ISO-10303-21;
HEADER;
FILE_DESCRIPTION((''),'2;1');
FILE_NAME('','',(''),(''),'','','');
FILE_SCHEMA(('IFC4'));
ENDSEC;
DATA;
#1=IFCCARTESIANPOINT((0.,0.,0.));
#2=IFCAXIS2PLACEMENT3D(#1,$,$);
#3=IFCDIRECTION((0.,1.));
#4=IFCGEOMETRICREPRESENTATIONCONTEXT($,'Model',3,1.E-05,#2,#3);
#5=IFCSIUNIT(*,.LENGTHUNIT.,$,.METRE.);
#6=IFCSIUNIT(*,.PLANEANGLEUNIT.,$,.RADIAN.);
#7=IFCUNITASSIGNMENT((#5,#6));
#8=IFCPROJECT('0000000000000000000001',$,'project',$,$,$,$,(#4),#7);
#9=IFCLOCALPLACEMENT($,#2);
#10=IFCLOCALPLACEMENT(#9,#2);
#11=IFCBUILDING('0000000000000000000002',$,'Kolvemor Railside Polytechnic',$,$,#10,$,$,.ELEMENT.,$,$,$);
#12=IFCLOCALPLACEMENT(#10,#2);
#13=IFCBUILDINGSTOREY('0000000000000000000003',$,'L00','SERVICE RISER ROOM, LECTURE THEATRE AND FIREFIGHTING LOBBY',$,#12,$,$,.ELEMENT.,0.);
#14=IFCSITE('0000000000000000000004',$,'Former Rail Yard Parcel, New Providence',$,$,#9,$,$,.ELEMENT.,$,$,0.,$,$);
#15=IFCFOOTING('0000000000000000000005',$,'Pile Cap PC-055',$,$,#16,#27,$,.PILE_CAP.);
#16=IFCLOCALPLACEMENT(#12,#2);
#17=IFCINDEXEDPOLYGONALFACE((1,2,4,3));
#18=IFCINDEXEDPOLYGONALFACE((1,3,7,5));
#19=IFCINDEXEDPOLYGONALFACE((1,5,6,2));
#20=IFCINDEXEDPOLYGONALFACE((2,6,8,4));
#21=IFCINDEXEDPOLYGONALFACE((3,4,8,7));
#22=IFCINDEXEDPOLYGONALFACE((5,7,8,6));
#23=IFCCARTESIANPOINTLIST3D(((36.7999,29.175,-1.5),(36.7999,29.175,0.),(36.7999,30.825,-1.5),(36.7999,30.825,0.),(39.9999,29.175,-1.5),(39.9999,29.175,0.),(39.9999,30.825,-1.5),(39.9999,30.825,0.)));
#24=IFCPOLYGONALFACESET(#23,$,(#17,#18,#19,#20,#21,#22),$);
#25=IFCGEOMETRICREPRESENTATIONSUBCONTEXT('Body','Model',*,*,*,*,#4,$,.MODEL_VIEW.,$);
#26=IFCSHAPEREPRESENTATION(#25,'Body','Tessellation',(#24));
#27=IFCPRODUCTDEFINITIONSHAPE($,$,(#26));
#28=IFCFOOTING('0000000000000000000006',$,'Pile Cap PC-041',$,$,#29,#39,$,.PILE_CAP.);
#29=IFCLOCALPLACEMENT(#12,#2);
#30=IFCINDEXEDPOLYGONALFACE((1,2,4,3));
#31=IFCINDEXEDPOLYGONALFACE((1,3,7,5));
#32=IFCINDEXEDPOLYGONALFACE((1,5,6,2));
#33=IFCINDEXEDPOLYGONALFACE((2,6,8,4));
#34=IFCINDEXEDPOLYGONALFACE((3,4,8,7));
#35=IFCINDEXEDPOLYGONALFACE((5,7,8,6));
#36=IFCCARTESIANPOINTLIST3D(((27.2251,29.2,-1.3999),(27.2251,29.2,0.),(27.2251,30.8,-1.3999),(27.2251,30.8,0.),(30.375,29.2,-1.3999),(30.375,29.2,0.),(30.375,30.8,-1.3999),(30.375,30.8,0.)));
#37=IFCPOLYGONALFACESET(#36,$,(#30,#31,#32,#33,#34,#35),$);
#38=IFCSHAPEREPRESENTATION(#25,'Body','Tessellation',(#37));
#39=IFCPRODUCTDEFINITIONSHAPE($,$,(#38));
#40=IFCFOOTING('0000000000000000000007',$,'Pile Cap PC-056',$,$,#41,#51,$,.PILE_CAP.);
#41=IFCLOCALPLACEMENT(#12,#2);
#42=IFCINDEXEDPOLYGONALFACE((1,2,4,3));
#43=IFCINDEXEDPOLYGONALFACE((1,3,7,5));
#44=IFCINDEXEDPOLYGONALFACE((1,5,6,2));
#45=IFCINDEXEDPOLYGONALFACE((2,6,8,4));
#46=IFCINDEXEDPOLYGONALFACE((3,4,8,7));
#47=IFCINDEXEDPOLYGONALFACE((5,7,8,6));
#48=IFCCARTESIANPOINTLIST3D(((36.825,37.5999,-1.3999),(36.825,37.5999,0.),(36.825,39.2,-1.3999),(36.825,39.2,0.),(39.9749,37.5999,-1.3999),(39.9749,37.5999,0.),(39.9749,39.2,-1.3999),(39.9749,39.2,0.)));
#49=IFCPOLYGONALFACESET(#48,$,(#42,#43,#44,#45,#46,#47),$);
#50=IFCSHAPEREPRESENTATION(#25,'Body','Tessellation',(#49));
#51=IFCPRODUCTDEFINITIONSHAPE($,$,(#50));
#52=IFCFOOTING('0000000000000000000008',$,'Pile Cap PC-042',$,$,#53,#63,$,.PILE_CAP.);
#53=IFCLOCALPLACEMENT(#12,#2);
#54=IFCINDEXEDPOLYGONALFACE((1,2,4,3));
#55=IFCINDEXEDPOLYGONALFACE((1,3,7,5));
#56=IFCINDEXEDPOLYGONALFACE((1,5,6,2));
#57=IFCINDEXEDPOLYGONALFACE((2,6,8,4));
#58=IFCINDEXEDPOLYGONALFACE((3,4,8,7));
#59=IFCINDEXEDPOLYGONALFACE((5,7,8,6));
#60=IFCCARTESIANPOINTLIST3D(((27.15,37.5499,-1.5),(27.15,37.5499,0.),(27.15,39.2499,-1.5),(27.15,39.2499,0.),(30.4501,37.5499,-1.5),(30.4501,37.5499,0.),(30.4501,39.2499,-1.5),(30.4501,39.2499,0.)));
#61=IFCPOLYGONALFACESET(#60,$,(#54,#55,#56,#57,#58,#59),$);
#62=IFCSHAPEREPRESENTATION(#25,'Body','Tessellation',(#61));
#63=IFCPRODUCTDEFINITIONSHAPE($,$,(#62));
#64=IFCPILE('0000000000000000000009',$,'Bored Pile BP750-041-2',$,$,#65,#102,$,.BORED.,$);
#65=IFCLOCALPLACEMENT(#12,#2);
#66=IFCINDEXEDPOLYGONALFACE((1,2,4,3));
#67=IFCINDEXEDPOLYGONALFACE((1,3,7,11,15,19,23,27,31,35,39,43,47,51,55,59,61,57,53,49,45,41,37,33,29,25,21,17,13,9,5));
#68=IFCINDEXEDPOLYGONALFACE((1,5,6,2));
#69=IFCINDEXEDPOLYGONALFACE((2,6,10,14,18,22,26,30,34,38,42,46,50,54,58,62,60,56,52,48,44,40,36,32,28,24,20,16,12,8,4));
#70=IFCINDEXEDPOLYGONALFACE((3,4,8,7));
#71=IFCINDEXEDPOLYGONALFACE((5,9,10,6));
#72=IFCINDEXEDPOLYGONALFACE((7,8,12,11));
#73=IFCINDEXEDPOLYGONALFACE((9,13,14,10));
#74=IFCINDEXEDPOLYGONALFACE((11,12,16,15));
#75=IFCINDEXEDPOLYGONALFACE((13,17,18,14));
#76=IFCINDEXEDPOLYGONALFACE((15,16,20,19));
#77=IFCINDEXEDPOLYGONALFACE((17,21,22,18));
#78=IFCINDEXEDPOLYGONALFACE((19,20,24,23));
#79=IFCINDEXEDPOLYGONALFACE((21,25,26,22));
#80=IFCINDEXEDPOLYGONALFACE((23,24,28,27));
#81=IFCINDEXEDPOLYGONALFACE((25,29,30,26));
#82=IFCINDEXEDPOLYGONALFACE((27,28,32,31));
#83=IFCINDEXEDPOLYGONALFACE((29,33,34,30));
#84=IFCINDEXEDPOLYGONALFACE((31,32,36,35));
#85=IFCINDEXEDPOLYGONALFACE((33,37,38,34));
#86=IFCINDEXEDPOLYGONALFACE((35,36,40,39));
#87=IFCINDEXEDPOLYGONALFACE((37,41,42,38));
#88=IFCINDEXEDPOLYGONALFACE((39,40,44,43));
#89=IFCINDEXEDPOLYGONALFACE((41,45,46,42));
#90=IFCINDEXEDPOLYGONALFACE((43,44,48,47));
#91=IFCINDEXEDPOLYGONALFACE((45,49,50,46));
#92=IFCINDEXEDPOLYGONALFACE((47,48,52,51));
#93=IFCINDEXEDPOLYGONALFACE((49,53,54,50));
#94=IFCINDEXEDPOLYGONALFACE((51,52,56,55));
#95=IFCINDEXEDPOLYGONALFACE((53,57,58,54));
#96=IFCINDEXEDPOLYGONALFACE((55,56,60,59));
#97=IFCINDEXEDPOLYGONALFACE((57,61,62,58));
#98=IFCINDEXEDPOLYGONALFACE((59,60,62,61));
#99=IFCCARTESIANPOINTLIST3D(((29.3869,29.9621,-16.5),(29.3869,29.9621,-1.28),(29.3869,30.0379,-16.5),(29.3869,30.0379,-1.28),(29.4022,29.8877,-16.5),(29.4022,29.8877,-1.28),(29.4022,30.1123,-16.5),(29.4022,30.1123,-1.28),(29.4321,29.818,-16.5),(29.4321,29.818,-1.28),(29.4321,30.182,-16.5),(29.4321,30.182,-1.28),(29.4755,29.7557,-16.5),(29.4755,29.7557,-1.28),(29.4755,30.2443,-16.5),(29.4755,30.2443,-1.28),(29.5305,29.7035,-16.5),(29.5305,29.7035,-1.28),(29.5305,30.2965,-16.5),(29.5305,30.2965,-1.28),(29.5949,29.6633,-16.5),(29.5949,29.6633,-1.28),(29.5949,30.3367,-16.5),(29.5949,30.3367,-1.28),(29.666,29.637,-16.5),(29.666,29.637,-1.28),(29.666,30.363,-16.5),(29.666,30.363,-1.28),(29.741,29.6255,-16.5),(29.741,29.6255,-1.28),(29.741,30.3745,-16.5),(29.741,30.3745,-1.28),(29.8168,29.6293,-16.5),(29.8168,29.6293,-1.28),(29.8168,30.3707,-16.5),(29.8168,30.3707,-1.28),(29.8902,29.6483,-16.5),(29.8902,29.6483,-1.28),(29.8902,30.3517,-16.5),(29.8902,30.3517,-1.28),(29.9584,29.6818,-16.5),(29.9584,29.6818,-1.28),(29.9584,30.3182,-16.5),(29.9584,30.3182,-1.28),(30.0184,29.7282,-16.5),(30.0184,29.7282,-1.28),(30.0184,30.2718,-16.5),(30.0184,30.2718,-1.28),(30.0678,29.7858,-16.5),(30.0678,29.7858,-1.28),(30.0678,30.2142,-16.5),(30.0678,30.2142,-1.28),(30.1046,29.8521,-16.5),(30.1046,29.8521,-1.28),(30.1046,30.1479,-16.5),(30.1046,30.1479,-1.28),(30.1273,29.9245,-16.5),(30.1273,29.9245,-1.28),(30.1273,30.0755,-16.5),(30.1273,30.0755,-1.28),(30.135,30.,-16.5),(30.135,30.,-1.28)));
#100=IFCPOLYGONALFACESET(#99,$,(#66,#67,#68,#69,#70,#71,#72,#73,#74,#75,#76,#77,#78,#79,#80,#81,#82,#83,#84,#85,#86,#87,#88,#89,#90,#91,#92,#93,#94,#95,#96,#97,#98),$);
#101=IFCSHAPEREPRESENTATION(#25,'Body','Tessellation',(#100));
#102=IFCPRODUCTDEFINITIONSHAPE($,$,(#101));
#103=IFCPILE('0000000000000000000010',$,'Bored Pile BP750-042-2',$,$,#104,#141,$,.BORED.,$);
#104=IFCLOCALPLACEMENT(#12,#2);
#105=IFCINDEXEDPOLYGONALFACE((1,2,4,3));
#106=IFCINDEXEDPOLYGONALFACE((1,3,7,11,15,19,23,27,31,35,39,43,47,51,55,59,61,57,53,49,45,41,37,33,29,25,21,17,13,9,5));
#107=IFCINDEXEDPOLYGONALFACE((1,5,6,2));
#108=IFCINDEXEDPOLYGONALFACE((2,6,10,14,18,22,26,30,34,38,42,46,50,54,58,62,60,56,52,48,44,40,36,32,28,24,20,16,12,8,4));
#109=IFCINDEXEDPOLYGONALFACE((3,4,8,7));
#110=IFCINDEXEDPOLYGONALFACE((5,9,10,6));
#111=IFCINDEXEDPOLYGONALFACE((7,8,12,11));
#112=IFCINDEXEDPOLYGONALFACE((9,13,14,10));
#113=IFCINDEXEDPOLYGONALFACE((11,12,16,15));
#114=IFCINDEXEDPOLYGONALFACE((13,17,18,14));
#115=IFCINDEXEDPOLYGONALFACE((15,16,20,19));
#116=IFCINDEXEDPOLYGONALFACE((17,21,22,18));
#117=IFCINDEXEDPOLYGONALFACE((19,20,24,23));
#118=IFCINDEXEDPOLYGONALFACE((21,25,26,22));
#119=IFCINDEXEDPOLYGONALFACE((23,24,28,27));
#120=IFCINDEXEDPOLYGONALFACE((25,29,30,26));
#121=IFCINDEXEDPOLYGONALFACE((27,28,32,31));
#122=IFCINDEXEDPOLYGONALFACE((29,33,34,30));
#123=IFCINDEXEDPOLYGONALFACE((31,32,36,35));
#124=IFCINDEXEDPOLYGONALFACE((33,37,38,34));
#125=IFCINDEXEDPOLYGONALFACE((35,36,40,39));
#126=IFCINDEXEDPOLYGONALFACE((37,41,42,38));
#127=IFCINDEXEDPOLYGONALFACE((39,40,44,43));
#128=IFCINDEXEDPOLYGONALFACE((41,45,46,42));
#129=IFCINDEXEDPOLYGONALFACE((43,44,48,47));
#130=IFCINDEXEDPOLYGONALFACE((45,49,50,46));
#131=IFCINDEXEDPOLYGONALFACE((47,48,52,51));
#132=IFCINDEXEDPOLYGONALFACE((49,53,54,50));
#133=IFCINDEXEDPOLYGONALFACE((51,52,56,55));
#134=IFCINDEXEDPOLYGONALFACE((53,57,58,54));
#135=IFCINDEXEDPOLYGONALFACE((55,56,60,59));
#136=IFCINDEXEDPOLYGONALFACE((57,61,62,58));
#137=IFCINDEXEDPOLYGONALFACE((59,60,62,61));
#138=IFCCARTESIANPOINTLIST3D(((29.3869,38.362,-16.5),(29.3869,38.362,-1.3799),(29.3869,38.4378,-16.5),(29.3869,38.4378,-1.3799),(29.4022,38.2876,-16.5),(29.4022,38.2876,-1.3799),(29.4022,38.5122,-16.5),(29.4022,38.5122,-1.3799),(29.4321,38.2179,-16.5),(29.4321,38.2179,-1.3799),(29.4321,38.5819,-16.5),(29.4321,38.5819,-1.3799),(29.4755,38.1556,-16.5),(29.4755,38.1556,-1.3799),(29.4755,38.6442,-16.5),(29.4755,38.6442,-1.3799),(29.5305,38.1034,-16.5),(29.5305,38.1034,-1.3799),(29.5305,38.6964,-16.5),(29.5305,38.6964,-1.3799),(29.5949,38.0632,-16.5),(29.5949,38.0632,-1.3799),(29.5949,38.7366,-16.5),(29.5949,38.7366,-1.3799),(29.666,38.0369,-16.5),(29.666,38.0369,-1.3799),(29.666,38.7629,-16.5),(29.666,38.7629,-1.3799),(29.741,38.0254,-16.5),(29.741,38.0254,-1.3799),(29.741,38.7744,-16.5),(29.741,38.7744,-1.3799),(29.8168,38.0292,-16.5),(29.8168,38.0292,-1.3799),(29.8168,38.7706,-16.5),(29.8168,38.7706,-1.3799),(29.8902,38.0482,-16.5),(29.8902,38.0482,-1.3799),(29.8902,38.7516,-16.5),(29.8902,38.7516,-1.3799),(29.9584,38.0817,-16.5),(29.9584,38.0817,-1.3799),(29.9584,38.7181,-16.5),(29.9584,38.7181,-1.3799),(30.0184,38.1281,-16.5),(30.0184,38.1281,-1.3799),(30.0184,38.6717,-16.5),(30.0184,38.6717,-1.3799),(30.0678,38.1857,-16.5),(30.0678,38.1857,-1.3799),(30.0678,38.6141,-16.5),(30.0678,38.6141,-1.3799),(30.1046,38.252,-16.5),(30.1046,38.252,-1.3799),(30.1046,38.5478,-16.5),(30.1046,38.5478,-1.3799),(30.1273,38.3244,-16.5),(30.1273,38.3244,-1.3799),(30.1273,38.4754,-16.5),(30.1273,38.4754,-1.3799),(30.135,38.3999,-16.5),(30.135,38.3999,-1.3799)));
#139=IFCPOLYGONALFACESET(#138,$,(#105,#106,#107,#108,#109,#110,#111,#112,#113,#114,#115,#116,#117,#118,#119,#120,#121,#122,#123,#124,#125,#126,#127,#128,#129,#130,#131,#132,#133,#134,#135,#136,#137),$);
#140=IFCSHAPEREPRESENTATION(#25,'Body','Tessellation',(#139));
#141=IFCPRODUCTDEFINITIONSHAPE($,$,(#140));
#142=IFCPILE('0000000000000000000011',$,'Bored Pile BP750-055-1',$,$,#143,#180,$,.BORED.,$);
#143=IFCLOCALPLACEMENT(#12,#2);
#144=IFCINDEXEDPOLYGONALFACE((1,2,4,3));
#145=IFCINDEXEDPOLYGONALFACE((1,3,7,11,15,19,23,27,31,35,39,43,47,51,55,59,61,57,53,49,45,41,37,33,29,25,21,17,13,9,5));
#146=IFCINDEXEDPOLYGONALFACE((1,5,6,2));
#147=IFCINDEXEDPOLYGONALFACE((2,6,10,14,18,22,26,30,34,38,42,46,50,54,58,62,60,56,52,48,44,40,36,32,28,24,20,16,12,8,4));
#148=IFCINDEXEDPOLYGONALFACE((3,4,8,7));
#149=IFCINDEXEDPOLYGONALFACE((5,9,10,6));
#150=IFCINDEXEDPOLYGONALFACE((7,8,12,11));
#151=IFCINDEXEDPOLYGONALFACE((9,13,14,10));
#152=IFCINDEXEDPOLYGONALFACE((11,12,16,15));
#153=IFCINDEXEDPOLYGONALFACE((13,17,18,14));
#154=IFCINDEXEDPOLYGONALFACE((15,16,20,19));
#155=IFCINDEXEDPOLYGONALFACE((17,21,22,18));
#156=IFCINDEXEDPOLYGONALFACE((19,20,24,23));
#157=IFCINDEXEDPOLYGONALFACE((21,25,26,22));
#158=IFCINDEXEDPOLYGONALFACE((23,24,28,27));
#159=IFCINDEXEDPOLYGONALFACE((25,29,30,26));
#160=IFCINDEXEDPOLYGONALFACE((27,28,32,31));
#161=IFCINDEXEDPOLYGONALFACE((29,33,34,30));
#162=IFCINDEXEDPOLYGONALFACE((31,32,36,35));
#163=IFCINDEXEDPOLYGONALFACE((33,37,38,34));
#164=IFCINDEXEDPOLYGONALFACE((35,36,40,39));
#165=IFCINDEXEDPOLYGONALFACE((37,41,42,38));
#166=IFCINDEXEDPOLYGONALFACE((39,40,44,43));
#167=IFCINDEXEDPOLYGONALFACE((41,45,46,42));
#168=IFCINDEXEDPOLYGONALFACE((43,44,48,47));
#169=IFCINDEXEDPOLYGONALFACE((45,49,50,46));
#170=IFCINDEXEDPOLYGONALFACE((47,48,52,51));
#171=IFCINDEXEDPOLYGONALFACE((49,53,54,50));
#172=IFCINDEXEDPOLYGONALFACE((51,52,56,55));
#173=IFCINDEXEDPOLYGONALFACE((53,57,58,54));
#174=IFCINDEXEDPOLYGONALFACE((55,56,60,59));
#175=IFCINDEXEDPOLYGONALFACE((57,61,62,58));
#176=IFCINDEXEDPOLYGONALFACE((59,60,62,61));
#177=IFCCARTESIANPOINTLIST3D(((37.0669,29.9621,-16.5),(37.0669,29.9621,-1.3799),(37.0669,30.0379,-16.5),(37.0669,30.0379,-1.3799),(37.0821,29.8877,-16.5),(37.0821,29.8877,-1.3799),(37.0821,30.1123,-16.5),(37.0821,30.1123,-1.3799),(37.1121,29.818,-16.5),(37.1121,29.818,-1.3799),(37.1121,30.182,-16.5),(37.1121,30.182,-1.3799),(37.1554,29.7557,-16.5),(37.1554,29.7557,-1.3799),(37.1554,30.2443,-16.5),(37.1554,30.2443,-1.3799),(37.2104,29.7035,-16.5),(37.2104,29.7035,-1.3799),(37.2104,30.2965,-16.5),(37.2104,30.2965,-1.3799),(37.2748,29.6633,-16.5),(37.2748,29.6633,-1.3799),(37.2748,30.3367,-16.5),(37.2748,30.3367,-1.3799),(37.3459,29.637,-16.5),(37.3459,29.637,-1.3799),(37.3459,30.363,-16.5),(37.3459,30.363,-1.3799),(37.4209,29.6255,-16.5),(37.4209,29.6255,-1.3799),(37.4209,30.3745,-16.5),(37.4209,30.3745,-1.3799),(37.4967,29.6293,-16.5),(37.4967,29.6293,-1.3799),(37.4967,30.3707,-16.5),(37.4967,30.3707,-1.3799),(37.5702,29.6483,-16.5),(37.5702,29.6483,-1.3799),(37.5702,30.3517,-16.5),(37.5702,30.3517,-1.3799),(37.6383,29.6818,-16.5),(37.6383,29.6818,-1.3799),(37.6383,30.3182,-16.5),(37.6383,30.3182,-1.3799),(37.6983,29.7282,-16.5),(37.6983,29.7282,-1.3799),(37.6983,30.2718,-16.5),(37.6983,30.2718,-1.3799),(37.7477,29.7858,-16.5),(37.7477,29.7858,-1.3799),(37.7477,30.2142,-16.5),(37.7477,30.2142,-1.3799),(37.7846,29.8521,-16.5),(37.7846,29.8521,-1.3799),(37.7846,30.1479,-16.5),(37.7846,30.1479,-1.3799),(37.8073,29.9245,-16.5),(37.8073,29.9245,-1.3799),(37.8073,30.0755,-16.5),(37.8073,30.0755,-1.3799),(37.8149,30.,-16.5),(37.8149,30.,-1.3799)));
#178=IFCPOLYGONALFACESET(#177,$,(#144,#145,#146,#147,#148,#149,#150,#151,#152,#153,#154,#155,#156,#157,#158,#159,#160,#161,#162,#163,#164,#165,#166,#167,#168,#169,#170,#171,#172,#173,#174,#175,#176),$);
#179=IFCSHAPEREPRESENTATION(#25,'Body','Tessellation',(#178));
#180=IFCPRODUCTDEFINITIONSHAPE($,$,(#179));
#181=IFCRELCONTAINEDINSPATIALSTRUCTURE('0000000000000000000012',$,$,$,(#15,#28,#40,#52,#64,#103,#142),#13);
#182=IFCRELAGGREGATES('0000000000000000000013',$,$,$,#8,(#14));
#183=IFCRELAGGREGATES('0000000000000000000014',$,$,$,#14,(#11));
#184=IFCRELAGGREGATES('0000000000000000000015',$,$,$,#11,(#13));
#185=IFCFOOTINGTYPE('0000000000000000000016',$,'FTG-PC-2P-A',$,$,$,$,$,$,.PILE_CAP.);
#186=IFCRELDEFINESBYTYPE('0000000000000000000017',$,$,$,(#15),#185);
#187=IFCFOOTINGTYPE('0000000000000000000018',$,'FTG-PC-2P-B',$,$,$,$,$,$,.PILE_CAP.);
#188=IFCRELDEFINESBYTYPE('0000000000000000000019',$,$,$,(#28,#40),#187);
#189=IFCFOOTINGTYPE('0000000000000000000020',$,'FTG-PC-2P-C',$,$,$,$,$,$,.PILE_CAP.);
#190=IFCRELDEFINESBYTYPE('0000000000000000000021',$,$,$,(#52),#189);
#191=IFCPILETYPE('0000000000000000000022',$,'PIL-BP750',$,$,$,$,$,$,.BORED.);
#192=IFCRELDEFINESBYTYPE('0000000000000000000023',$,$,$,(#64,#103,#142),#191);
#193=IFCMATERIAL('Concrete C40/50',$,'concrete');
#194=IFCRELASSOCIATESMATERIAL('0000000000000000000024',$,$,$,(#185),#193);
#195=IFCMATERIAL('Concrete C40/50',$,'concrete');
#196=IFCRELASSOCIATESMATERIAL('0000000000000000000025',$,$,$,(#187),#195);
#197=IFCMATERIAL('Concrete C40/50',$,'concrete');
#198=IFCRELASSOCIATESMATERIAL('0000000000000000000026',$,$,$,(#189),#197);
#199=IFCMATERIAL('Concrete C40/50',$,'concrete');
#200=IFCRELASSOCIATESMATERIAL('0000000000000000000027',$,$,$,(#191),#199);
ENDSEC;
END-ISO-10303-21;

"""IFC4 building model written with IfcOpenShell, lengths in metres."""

from ifc_helpers import new_model, si_unit, direction, frame, origin, origin_2d, place, context, subcontext, project, spatial, rectangle, circle, extrude, material, material_profile, profile_set, type_object, element, save


model = new_model("IFC4")

# Units and contexts
model_context = context("Model", 3, precision=1e-05, world=origin(), true_north=direction((0.0, 1.0)))
body_context = subcontext(model_context, "Body", "Model", "MODEL_VIEW")
ifc_project = project(units=[si_unit("LENGTHUNIT", "METRE"), si_unit("PLANEANGLEUNIT", "RADIAN")], contexts=[model_context])

# Site, building, storey
site_placement = place(None, origin())
site = spatial("IfcSite", under=ifc_project, at=site_placement, Name="Former Rail Yard Parcel, New Providence", CompositionType="ELEMENT", RefElevation=0.0)
building_placement = place(site_placement, origin())
building = spatial("IfcBuilding", under=site, at=building_placement, Name="Kolvemor Railside Polytechnic", CompositionType="ELEMENT")
storey_placement = place(building_placement, origin())
storey = spatial("IfcBuildingStorey", under=building, at=storey_placement, Name="L00", Description="SERVICE RISER ROOM, LECTURE THEATRE AND FIREFIGHTING LOBBY", CompositionType="ELEMENT", Elevation=0.0)

# Footings
ifc_material_1 = material(Name="Concrete C40/50", Category="concrete")
footing_type_1 = type_object("IfcFootingType", Name="FTG-PC-2P-A", PredefinedType="PILE_CAP", material=ifc_material_1)
footing_1_placement = place(storey_placement, frame((38.3999, 30.0, -1.5), z_axis=(0.0, 0.0, 1.0), x_axis=(1.0, 0.0, 0.0)))
element("IfcFooting", 1, at=footing_1_placement, inside=storey, type_object=footing_type_1, Name="Pile Cap PC-055", PredefinedType="PILE_CAP", context=body_context, shape_type="SweptSolid", body=[
    extrude(rectangle(XDim=3.2, YDim=1.6499, at=origin_2d()), origin(), (0.0, 0.0, 1.0), 1.5),
])
ifc_material_2 = material(Name="Concrete C40/50", Category="concrete")
footing_type_2 = type_object("IfcFootingType", Name="FTG-PC-2P-B", PredefinedType="PILE_CAP", material=ifc_material_2)
for number, where, z_axis, x_axis, name in (
    (2, (28.8, 30.0, -1.3999), (0.0, 0.0, 1.0), (1.0, 0.0, 0.0), "Pile Cap PC-041"),
    (3, (38.3999, 38.3999, -1.3999), (0.0, 0.0, 1.0), (1.0, 0.0, 0.0), "Pile Cap PC-056"),
):
    element("IfcFooting", number, at=place(storey_placement, frame(where, z_axis=z_axis, x_axis=x_axis)), inside=storey, type_object=footing_type_2, Name=name, PredefinedType="PILE_CAP", context=body_context, shape_type="SweptSolid", body=[
        extrude(rectangle(XDim=3.1499, YDim=1.6001, at=origin_2d()), origin(), (0.0, 0.0, 1.0), 1.3999),
    ])
ifc_material_3 = material(Name="Concrete C40/50", Category="concrete")
footing_type_3 = type_object("IfcFootingType", Name="FTG-PC-2P-C", PredefinedType="PILE_CAP", material=ifc_material_3)
footing_2_placement = place(storey_placement, frame((28.8, 38.3999, -1.5), z_axis=(0.0, 0.0, 1.0), x_axis=(1.0, 0.0, 0.0)))
element("IfcFooting", 4, at=footing_2_placement, inside=storey, type_object=footing_type_3, Name="Pile Cap PC-042", PredefinedType="PILE_CAP", context=body_context, shape_type="SweptSolid", body=[
    extrude(rectangle(XDim=3.3, YDim=1.7, at=origin_2d()), origin(), (0.0, 0.0, 1.0), 1.5),
])

# Piles
ifc_material_4 = material(Name="Concrete C40/50", Category="concrete")
ifc_material_profile_1 = material_profile(ifc_material_4, circle(Radius=0.375, at=origin_2d()), Name="BP750")
ifc_profile_set_1 = profile_set([ifc_material_profile_1], Name="Concrete C40/50")
pile_type = type_object("IfcPileType", Name="PIL-BP750", PredefinedType="BORED", material=ifc_profile_set_1)
pile_1_placement = place(storey_placement, frame((29.76, 30.0, -1.28), z_axis=(0.0, 0.0, -1.0), x_axis=(1.0, 0.0, 0.0)))
element("IfcPile", 5, at=pile_1_placement, inside=storey, type_object=pile_type, Name="Bored Pile BP750-041-2", PredefinedType="BORED", context=body_context, shape_type="SweptSolid", body=[
    extrude(circle(Radius=0.375, at=origin_2d()), origin(), (0.0, 0.0, 1.0), 15.22),
])
for number, where, z_axis, x_axis, name in (
    (6, (29.76, 38.3999, -1.3799), (0.0, 0.0, -1.0), (1.0, 0.0, 0.0), "Bored Pile BP750-042-2"),
    (7, (37.4399, 30.0, -1.3799), (0.0, 0.0, -1.0), (1.0, 0.0, 0.0), "Bored Pile BP750-055-1"),
):
    element("IfcPile", number, at=place(storey_placement, frame(where, z_axis=z_axis, x_axis=x_axis)), inside=storey, type_object=pile_type, Name=name, PredefinedType="BORED", context=body_context, shape_type="SweptSolid", body=[
        extrude(circle(Radius=0.375, at=origin_2d()), origin(), (0.0, 0.0, 1.0), 15.1201),
    ])

save(model, "model.ifc")
